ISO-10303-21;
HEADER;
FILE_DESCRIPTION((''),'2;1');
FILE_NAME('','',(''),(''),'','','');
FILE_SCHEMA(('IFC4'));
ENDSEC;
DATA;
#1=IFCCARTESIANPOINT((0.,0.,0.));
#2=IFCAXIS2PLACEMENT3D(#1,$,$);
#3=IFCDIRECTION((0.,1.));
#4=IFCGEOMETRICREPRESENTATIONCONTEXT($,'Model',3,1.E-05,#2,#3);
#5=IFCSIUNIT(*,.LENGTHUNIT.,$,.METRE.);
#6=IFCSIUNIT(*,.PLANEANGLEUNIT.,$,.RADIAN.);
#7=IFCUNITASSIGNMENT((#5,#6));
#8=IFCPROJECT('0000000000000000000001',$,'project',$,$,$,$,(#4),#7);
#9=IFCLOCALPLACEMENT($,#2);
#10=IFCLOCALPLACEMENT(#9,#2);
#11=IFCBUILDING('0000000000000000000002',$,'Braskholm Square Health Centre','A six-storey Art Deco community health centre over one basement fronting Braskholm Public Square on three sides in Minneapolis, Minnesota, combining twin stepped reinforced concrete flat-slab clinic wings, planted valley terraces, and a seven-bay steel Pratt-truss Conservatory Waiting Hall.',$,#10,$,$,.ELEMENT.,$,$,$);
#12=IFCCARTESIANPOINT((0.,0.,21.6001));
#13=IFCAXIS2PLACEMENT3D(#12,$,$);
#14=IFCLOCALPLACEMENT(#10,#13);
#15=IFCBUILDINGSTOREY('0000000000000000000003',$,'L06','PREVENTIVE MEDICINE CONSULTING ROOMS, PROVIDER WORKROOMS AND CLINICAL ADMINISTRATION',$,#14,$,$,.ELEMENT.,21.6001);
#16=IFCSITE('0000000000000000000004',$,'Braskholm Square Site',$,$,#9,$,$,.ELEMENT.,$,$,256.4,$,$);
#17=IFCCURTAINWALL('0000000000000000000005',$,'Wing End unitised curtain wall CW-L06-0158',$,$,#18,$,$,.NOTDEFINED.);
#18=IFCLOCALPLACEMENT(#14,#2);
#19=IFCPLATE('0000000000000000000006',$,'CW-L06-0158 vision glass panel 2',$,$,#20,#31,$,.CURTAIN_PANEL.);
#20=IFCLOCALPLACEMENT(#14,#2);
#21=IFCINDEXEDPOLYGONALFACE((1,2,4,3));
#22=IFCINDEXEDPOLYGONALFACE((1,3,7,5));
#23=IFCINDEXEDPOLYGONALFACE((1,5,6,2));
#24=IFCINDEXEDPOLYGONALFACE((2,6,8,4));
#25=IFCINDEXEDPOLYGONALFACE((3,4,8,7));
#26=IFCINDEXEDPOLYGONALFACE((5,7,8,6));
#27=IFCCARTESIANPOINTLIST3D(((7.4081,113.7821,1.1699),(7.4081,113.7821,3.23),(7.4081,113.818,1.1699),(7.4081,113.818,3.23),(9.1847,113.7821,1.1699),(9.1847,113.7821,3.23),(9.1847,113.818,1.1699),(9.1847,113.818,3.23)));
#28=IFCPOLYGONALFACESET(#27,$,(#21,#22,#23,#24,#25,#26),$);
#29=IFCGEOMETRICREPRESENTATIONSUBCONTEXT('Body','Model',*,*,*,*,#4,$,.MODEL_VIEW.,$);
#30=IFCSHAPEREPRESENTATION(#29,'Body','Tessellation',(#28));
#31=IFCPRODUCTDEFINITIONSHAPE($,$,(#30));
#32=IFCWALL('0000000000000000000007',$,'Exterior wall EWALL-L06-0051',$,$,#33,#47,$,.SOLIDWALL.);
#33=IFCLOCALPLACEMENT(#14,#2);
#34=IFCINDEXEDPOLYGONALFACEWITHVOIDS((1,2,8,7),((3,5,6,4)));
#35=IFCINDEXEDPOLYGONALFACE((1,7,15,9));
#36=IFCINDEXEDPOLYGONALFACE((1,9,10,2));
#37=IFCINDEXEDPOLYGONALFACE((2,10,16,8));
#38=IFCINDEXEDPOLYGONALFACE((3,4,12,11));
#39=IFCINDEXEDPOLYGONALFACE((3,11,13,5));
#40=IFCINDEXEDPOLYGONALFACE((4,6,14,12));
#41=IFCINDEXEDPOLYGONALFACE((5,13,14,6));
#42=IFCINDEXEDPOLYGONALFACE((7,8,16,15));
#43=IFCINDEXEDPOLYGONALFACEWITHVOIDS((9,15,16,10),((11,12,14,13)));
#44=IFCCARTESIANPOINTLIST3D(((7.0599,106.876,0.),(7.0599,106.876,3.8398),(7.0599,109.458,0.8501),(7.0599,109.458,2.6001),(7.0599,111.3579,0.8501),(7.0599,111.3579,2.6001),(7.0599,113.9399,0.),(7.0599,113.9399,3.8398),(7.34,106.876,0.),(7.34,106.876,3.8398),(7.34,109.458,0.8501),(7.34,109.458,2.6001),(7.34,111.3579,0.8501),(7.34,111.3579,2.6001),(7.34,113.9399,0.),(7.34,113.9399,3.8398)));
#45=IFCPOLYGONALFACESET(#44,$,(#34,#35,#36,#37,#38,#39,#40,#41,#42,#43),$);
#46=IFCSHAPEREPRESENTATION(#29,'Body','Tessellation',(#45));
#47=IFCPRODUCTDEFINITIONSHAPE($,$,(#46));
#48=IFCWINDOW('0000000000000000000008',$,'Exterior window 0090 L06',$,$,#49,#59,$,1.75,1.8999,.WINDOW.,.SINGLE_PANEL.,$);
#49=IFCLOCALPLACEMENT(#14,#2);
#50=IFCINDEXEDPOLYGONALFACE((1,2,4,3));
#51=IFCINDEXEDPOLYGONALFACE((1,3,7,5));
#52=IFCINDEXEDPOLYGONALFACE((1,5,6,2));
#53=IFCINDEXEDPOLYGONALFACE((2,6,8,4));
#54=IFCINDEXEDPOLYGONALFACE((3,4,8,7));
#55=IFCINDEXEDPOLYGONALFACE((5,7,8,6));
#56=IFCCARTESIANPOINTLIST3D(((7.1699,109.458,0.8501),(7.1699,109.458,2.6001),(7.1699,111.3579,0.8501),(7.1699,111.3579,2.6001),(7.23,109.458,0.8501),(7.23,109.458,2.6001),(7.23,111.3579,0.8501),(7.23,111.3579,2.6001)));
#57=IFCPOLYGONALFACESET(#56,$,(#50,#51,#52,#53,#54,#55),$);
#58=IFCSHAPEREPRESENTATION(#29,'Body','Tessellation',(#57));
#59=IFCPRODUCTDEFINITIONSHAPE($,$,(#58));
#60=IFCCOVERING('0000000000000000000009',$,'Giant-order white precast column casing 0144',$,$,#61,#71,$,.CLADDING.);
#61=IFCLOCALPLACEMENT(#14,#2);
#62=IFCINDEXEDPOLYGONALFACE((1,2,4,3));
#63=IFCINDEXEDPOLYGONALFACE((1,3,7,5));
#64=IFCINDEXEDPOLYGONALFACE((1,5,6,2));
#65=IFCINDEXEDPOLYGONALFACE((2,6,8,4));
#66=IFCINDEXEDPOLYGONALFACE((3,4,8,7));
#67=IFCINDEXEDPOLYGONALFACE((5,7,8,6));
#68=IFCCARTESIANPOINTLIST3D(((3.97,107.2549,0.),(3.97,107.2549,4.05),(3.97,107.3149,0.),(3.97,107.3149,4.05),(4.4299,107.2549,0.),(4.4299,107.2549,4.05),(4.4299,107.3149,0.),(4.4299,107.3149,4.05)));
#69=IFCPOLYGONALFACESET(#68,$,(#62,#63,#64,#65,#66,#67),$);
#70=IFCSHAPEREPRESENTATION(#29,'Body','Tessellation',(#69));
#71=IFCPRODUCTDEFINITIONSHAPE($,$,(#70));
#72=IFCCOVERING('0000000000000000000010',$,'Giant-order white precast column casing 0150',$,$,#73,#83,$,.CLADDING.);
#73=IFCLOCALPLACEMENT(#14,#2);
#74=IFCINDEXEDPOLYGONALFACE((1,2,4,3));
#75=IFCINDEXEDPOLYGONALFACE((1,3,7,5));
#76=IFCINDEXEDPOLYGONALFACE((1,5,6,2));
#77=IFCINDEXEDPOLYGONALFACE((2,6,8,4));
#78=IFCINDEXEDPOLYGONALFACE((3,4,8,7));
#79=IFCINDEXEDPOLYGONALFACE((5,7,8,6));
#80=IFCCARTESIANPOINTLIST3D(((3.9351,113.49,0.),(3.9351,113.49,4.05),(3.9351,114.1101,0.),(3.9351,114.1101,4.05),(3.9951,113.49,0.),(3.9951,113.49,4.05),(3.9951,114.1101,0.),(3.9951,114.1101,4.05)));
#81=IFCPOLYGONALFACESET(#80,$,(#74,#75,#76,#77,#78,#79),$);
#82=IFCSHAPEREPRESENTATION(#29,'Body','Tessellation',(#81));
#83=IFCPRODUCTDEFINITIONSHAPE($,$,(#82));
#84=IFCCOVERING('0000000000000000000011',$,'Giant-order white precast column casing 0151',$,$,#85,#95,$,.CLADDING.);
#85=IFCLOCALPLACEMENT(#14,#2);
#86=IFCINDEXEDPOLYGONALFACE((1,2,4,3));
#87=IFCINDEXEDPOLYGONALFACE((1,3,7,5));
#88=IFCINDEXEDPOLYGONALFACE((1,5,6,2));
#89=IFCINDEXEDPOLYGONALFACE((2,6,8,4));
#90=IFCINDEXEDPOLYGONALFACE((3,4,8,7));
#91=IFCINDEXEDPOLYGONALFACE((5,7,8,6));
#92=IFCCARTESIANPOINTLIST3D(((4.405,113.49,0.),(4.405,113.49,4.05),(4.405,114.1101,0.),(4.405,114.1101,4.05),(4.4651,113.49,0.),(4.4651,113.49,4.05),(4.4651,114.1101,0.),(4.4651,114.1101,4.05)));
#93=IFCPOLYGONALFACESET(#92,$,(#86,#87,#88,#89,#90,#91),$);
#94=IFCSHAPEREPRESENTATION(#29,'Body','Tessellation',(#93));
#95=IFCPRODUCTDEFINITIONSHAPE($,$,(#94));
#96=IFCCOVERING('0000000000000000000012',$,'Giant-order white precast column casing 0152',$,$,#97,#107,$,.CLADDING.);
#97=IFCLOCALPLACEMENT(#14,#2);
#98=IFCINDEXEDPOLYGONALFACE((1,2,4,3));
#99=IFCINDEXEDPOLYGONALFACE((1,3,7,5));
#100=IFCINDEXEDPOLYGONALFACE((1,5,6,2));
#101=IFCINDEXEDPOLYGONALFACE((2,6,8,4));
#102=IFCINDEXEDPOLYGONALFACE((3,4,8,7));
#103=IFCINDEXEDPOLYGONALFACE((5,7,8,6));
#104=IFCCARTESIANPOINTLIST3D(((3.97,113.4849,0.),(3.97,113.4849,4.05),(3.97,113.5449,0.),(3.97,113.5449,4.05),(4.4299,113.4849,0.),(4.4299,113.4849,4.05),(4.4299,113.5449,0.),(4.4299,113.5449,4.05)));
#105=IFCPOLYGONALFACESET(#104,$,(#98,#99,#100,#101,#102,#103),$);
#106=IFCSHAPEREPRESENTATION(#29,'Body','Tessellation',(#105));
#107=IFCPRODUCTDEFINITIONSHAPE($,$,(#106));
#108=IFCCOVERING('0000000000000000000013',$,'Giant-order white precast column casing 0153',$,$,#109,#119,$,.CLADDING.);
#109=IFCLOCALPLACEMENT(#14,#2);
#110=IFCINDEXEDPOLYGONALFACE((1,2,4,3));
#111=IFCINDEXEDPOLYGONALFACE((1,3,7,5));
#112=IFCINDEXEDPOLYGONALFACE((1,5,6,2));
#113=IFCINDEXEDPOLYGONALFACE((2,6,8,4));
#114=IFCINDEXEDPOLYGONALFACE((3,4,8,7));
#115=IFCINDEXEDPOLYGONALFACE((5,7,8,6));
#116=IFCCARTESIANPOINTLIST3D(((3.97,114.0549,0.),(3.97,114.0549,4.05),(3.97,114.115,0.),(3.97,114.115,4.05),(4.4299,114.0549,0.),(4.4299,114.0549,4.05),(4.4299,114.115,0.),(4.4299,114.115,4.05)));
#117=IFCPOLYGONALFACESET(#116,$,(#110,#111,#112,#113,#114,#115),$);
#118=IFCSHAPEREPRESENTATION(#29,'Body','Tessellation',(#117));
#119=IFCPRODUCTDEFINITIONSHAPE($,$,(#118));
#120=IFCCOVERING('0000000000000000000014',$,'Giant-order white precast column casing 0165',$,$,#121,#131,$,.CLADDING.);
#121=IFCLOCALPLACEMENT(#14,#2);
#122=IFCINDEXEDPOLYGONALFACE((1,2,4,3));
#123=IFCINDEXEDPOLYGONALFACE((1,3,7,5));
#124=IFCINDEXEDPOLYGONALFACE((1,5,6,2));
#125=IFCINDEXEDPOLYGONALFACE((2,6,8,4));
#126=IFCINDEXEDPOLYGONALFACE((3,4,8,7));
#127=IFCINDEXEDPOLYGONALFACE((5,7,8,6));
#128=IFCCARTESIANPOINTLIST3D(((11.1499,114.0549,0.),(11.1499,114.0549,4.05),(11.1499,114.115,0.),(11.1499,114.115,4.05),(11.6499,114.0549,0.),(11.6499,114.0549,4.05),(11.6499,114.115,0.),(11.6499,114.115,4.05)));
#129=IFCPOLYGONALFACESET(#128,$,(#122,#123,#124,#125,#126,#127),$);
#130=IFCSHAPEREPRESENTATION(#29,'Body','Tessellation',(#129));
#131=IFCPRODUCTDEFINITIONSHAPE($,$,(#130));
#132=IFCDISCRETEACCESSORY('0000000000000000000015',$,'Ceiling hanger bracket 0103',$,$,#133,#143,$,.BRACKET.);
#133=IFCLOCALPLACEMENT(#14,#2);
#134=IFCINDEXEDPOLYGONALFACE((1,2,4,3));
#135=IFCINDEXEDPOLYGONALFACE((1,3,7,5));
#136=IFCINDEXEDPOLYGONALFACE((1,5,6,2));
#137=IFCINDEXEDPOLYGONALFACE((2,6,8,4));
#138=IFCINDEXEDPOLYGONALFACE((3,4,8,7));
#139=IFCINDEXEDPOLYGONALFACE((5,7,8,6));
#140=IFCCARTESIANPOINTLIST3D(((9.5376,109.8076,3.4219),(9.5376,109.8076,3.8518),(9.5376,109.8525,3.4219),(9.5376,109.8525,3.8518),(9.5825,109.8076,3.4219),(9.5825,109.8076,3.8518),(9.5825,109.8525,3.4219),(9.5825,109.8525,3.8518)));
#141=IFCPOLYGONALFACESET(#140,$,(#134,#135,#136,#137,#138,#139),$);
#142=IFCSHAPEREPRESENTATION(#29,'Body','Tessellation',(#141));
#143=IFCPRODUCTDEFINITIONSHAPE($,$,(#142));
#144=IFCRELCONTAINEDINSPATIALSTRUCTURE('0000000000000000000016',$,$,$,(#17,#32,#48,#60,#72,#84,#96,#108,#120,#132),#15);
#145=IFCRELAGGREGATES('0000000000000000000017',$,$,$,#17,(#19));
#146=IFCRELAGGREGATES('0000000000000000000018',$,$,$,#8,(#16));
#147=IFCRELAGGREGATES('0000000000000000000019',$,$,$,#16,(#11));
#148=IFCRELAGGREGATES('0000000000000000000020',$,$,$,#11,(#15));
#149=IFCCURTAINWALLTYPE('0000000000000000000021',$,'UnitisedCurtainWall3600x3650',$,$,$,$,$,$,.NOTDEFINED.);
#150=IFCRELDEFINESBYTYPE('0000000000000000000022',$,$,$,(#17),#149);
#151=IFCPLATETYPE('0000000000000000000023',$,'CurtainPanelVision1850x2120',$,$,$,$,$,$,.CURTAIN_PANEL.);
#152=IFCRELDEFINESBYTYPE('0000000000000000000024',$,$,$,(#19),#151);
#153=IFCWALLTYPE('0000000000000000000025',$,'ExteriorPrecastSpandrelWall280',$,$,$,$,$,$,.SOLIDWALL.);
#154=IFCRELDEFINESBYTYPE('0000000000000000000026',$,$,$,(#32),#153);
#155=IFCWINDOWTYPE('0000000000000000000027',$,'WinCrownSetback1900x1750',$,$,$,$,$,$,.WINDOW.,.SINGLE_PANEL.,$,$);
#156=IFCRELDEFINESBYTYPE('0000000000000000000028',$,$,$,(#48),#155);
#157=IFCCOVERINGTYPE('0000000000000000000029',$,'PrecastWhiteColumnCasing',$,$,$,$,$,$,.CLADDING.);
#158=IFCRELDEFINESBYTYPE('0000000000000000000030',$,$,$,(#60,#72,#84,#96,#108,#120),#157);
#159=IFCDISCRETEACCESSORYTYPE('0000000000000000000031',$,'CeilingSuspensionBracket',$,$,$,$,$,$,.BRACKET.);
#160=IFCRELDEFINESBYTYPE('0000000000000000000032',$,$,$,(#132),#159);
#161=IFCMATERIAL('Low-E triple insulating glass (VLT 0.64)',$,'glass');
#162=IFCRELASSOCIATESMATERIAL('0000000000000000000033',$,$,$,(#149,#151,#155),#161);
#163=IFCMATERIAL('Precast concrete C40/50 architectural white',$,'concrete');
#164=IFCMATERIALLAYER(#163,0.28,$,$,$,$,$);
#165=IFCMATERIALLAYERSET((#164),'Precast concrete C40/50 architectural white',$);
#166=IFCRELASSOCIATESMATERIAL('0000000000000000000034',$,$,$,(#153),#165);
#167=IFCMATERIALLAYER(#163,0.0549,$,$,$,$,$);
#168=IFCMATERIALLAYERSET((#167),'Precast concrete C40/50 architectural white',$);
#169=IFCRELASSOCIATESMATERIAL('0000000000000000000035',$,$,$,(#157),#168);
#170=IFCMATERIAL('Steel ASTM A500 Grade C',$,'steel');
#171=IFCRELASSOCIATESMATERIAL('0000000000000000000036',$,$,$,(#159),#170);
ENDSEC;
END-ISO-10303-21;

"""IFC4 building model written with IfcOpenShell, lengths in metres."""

from ifc_helpers import new_model, si_unit, direction, frame, frame_2d, origin, origin_with_axes, origin_2d, place, context, subcontext, project, spatial, rectangle, extrude, material, layer, layer_set, type_object, element, fill, aggregate, save


model = new_model("IFC4")

# Units and contexts
model_context = context("Model", 3, precision=1e-05, world=origin(), true_north=direction((0.0, 1.0)))
body_context = subcontext(model_context, "Body", "Model", "MODEL_VIEW")
ifc_project = project(units=[si_unit("LENGTHUNIT", "METRE"), si_unit("PLANEANGLEUNIT", "RADIAN")], contexts=[model_context])

# Site, building, storey
site_placement = place(None, origin())
site = spatial("IfcSite", under=ifc_project, at=site_placement, Name="Braskholm Square Site", CompositionType="ELEMENT", RefElevation=256.4)
building_placement = place(site_placement, origin())
building = spatial("IfcBuilding", under=site, at=building_placement, Name="Braskholm Square Health Centre", Description="A six-storey Art Deco community health centre over one basement fronting Braskholm Public Square on three sides in Minneapolis, Minnesota, combining twin stepped reinforced concrete flat-slab clinic wings, planted valley terraces, and a seven-bay steel Pratt-truss Conservatory Waiting Hall.", CompositionType="ELEMENT")
storey_placement = place(building_placement, frame((0.0, 0.0, 21.6001)))
storey = spatial("IfcBuildingStorey", under=building, at=storey_placement, Name="L06", Description="PREVENTIVE MEDICINE CONSULTING ROOMS, PROVIDER WORKROOMS AND CLINICAL ADMINISTRATION", CompositionType="ELEMENT", Elevation=21.6001)

# Shared definitions
ifc_material_1 = material(Name="Precast concrete C40/50 architectural white", Category="concrete")

# Curtain wall
ifc_material_2 = material(Name="Low-E triple insulating glass (VLT 0.64)", Category="glass")
curtain_wall_type_1 = type_object("IfcCurtainWallType", Name="UnitisedCurtainWall3600x3650", PredefinedType="NOTDEFINED", material=ifc_material_2)
curtain_wall_1_placement = place(storey_placement, origin())
curtain_wall_1 = element("IfcCurtainWall", 1, at=curtain_wall_1_placement, inside=storey, type_object=curtain_wall_type_1, Name="Wing End unitised curtain wall CW-L06-0158", PredefinedType="NOTDEFINED")

# Plate
plate_type_1 = type_object("IfcPlateType", Name="CurtainPanelVision1850x2120", PredefinedType="CURTAIN_PANEL", material=ifc_material_2)
plate_1_placement = place(storey_placement, frame((8.2964, 113.8, 1.1699), z_axis=(0.0, 0.0, 1.0), x_axis=(-1.0, 0.0, 0.0)))
plate_1 = element("IfcPlate", 2, at=plate_1_placement, type_object=plate_type_1, Name="CW-L06-0158 vision glass panel 2", PredefinedType="CURTAIN_PANEL", context=body_context, shape_type="SweptSolid", body=[
    extrude(rectangle(XDim=1.7766, YDim=0.0359, at=origin_2d()), origin(), (0.0, 0.0, 1.0), 2.0601),
])
aggregate(curtain_wall_1, [plate_1])

# Wall, opening, window
ifc_layer_1 = layer(ifc_material_1, 0.28)
ifc_layer_set_1 = layer_set([ifc_layer_1], Name="Precast concrete C40/50 architectural white")
wall_type = type_object("IfcWallType", Name="ExteriorPrecastSpandrelWall280", PredefinedType="SOLIDWALL", material=ifc_layer_set_1)
wall_placement = place(storey_placement, frame((7.2, 113.9399, 0.0), z_axis=(0.0, 0.0, 1.0), x_axis=(0.0, -1.0, 0.0)))
wall = element("IfcWall", 3, at=wall_placement, inside=storey, type_object=wall_type, Name="Exterior wall EWALL-L06-0051", PredefinedType="SOLIDWALL", context=body_context, shape_type="SweptSolid", body=[
    extrude(rectangle(XDim=7.064, YDim=0.28, at=frame_2d((3.532, 0.0))), origin(), (0.0, 0.0, 1.0), 3.8398),
])
opening_placement = place(wall_placement, frame((2.582, 0.0, 0.8501)))
opening = element("IfcOpeningElement", 4, at=opening_placement, cuts=wall, PredefinedType="OPENING", context=body_context, shape_type="SweptSolid", body=[
    extrude(rectangle(XDim=1.8999, YDim=1.75, at=frame_2d((0.95, 0.875))), frame((0.0, 0.1499, 0.0), z_axis=(0.0, -1.0, 0.0), x_axis=(1.0, 0.0, 0.0)), (0.0, 0.0, 1.0), 0.3),
])
window_type = type_object("IfcWindowType", Name="WinCrownSetback1900x1750", PartitioningType="SINGLE_PANEL", PredefinedType="WINDOW", material=ifc_material_2)
window_placement = place(opening_placement, origin_with_axes())
window = element("IfcWindow", 5, at=window_placement, inside=storey, type_object=window_type, Name="Exterior window 0090 L06", OverallHeight=1.75, OverallWidth=1.8999, PartitioningType="SINGLE_PANEL", PredefinedType="WINDOW", context=body_context, shape_type="SweptSolid", body=[
    extrude(rectangle(XDim=1.8999, YDim=1.75, at=frame_2d((0.95, 0.875))), frame((0.0, 0.03, 0.0), z_axis=(0.0, -1.0, 0.0), x_axis=(1.0, 0.0, 0.0)), (0.0, 0.0, 1.0), 0.0601),
])
fill(opening, window)

# Coverings
ifc_layer_2 = layer(ifc_material_1, 0.0549)
ifc_layer_set_2 = layer_set([ifc_layer_2], Name="Precast concrete C40/50 architectural white")
covering_type = type_object("IfcCoveringType", Name="PrecastWhiteColumnCasing", PredefinedType="CLADDING", material=ifc_layer_set_2)
covering_1_placement = place(storey_placement, frame((4.2, 107.2849, 0.0), z_axis=(0.0, 0.0, 1.0), x_axis=(1.0, 0.0, 0.0)))
element("IfcCovering", 6, at=covering_1_placement, inside=storey, type_object=covering_type, Name="Giant-order white precast column casing 0144", PredefinedType="CLADDING", context=body_context, shape_type="SweptSolid", body=[
    extrude(rectangle(XDim=0.46, YDim=0.0601, at=origin_2d()), origin(), (0.0, 0.0, 1.0), 4.05),
])
for number, where, z_axis, x_axis, name in (
    (7, (3.9651, 113.8, 0.0), (0.0, 0.0, 1.0), (1.0, 0.0, 0.0), "Giant-order white precast column casing 0150"),
    (8, (4.4351, 113.8, 0.0), (0.0, 0.0, 1.0), (1.0, 0.0, 0.0), "Giant-order white precast column casing 0151"),
):
    element("IfcCovering", number, at=place(storey_placement, frame(where, z_axis=z_axis, x_axis=x_axis)), inside=storey, type_object=covering_type, Name=name, PredefinedType="CLADDING", context=body_context, shape_type="SweptSolid", body=[
        extrude(rectangle(XDim=0.0601, YDim=0.6201, at=origin_2d()), origin(), (0.0, 0.0, 1.0), 4.05),
    ])
for number, where, z_axis, x_axis, name in (
    (9, (4.2, 113.5149, 0.0), (0.0, 0.0, 1.0), (1.0, 0.0, 0.0), "Giant-order white precast column casing 0152"),
    (10, (4.2, 114.085, 0.0), (0.0, 0.0, 1.0), (1.0, 0.0, 0.0), "Giant-order white precast column casing 0153"),
):
    element("IfcCovering", number, at=place(storey_placement, frame(where, z_axis=z_axis, x_axis=x_axis)), inside=storey, type_object=covering_type, Name=name, PredefinedType="CLADDING", context=body_context, shape_type="SweptSolid", body=[
        extrude(rectangle(XDim=0.46, YDim=0.0601, at=origin_2d()), origin(), (0.0, 0.0, 1.0), 4.05),
    ])
covering_2_placement = place(storey_placement, frame((11.3999, 114.085, 0.0), z_axis=(0.0, 0.0, 1.0), x_axis=(1.0, 0.0, 0.0)))
element("IfcCovering", 11, at=covering_2_placement, inside=storey, type_object=covering_type, Name="Giant-order white precast column casing 0165", PredefinedType="CLADDING", context=body_context, shape_type="SweptSolid", body=[
    extrude(rectangle(XDim=0.5, YDim=0.0601, at=origin_2d()), origin(), (0.0, 0.0, 1.0), 4.05),
])

# Discrete accessory
ifc_material_3 = material(Name="Steel ASTM A500 Grade C", Category="steel")
discrete_accessory_type = type_object("IfcDiscreteAccessoryType", Name="CeilingSuspensionBracket", PredefinedType="BRACKET", material=ifc_material_3)
discrete_accessory_placement = place(storey_placement, frame((9.5601, 109.8301, 3.4219), z_axis=(0.0, 0.0, 1.0), x_axis=(1.0, 0.0, 0.0)))
element("IfcDiscreteAccessory", 12, at=discrete_accessory_placement, inside=storey, type_object=discrete_accessory_type, Name="Ceiling hanger bracket 0103", PredefinedType="BRACKET", context=body_context, shape_type="SweptSolid", body=[
    extrude(rectangle(XDim=0.0449, YDim=0.0449, at=origin_2d()), origin(), (0.0, 0.0, 1.0), 0.4299),
])

save(model, "model.ifc")
